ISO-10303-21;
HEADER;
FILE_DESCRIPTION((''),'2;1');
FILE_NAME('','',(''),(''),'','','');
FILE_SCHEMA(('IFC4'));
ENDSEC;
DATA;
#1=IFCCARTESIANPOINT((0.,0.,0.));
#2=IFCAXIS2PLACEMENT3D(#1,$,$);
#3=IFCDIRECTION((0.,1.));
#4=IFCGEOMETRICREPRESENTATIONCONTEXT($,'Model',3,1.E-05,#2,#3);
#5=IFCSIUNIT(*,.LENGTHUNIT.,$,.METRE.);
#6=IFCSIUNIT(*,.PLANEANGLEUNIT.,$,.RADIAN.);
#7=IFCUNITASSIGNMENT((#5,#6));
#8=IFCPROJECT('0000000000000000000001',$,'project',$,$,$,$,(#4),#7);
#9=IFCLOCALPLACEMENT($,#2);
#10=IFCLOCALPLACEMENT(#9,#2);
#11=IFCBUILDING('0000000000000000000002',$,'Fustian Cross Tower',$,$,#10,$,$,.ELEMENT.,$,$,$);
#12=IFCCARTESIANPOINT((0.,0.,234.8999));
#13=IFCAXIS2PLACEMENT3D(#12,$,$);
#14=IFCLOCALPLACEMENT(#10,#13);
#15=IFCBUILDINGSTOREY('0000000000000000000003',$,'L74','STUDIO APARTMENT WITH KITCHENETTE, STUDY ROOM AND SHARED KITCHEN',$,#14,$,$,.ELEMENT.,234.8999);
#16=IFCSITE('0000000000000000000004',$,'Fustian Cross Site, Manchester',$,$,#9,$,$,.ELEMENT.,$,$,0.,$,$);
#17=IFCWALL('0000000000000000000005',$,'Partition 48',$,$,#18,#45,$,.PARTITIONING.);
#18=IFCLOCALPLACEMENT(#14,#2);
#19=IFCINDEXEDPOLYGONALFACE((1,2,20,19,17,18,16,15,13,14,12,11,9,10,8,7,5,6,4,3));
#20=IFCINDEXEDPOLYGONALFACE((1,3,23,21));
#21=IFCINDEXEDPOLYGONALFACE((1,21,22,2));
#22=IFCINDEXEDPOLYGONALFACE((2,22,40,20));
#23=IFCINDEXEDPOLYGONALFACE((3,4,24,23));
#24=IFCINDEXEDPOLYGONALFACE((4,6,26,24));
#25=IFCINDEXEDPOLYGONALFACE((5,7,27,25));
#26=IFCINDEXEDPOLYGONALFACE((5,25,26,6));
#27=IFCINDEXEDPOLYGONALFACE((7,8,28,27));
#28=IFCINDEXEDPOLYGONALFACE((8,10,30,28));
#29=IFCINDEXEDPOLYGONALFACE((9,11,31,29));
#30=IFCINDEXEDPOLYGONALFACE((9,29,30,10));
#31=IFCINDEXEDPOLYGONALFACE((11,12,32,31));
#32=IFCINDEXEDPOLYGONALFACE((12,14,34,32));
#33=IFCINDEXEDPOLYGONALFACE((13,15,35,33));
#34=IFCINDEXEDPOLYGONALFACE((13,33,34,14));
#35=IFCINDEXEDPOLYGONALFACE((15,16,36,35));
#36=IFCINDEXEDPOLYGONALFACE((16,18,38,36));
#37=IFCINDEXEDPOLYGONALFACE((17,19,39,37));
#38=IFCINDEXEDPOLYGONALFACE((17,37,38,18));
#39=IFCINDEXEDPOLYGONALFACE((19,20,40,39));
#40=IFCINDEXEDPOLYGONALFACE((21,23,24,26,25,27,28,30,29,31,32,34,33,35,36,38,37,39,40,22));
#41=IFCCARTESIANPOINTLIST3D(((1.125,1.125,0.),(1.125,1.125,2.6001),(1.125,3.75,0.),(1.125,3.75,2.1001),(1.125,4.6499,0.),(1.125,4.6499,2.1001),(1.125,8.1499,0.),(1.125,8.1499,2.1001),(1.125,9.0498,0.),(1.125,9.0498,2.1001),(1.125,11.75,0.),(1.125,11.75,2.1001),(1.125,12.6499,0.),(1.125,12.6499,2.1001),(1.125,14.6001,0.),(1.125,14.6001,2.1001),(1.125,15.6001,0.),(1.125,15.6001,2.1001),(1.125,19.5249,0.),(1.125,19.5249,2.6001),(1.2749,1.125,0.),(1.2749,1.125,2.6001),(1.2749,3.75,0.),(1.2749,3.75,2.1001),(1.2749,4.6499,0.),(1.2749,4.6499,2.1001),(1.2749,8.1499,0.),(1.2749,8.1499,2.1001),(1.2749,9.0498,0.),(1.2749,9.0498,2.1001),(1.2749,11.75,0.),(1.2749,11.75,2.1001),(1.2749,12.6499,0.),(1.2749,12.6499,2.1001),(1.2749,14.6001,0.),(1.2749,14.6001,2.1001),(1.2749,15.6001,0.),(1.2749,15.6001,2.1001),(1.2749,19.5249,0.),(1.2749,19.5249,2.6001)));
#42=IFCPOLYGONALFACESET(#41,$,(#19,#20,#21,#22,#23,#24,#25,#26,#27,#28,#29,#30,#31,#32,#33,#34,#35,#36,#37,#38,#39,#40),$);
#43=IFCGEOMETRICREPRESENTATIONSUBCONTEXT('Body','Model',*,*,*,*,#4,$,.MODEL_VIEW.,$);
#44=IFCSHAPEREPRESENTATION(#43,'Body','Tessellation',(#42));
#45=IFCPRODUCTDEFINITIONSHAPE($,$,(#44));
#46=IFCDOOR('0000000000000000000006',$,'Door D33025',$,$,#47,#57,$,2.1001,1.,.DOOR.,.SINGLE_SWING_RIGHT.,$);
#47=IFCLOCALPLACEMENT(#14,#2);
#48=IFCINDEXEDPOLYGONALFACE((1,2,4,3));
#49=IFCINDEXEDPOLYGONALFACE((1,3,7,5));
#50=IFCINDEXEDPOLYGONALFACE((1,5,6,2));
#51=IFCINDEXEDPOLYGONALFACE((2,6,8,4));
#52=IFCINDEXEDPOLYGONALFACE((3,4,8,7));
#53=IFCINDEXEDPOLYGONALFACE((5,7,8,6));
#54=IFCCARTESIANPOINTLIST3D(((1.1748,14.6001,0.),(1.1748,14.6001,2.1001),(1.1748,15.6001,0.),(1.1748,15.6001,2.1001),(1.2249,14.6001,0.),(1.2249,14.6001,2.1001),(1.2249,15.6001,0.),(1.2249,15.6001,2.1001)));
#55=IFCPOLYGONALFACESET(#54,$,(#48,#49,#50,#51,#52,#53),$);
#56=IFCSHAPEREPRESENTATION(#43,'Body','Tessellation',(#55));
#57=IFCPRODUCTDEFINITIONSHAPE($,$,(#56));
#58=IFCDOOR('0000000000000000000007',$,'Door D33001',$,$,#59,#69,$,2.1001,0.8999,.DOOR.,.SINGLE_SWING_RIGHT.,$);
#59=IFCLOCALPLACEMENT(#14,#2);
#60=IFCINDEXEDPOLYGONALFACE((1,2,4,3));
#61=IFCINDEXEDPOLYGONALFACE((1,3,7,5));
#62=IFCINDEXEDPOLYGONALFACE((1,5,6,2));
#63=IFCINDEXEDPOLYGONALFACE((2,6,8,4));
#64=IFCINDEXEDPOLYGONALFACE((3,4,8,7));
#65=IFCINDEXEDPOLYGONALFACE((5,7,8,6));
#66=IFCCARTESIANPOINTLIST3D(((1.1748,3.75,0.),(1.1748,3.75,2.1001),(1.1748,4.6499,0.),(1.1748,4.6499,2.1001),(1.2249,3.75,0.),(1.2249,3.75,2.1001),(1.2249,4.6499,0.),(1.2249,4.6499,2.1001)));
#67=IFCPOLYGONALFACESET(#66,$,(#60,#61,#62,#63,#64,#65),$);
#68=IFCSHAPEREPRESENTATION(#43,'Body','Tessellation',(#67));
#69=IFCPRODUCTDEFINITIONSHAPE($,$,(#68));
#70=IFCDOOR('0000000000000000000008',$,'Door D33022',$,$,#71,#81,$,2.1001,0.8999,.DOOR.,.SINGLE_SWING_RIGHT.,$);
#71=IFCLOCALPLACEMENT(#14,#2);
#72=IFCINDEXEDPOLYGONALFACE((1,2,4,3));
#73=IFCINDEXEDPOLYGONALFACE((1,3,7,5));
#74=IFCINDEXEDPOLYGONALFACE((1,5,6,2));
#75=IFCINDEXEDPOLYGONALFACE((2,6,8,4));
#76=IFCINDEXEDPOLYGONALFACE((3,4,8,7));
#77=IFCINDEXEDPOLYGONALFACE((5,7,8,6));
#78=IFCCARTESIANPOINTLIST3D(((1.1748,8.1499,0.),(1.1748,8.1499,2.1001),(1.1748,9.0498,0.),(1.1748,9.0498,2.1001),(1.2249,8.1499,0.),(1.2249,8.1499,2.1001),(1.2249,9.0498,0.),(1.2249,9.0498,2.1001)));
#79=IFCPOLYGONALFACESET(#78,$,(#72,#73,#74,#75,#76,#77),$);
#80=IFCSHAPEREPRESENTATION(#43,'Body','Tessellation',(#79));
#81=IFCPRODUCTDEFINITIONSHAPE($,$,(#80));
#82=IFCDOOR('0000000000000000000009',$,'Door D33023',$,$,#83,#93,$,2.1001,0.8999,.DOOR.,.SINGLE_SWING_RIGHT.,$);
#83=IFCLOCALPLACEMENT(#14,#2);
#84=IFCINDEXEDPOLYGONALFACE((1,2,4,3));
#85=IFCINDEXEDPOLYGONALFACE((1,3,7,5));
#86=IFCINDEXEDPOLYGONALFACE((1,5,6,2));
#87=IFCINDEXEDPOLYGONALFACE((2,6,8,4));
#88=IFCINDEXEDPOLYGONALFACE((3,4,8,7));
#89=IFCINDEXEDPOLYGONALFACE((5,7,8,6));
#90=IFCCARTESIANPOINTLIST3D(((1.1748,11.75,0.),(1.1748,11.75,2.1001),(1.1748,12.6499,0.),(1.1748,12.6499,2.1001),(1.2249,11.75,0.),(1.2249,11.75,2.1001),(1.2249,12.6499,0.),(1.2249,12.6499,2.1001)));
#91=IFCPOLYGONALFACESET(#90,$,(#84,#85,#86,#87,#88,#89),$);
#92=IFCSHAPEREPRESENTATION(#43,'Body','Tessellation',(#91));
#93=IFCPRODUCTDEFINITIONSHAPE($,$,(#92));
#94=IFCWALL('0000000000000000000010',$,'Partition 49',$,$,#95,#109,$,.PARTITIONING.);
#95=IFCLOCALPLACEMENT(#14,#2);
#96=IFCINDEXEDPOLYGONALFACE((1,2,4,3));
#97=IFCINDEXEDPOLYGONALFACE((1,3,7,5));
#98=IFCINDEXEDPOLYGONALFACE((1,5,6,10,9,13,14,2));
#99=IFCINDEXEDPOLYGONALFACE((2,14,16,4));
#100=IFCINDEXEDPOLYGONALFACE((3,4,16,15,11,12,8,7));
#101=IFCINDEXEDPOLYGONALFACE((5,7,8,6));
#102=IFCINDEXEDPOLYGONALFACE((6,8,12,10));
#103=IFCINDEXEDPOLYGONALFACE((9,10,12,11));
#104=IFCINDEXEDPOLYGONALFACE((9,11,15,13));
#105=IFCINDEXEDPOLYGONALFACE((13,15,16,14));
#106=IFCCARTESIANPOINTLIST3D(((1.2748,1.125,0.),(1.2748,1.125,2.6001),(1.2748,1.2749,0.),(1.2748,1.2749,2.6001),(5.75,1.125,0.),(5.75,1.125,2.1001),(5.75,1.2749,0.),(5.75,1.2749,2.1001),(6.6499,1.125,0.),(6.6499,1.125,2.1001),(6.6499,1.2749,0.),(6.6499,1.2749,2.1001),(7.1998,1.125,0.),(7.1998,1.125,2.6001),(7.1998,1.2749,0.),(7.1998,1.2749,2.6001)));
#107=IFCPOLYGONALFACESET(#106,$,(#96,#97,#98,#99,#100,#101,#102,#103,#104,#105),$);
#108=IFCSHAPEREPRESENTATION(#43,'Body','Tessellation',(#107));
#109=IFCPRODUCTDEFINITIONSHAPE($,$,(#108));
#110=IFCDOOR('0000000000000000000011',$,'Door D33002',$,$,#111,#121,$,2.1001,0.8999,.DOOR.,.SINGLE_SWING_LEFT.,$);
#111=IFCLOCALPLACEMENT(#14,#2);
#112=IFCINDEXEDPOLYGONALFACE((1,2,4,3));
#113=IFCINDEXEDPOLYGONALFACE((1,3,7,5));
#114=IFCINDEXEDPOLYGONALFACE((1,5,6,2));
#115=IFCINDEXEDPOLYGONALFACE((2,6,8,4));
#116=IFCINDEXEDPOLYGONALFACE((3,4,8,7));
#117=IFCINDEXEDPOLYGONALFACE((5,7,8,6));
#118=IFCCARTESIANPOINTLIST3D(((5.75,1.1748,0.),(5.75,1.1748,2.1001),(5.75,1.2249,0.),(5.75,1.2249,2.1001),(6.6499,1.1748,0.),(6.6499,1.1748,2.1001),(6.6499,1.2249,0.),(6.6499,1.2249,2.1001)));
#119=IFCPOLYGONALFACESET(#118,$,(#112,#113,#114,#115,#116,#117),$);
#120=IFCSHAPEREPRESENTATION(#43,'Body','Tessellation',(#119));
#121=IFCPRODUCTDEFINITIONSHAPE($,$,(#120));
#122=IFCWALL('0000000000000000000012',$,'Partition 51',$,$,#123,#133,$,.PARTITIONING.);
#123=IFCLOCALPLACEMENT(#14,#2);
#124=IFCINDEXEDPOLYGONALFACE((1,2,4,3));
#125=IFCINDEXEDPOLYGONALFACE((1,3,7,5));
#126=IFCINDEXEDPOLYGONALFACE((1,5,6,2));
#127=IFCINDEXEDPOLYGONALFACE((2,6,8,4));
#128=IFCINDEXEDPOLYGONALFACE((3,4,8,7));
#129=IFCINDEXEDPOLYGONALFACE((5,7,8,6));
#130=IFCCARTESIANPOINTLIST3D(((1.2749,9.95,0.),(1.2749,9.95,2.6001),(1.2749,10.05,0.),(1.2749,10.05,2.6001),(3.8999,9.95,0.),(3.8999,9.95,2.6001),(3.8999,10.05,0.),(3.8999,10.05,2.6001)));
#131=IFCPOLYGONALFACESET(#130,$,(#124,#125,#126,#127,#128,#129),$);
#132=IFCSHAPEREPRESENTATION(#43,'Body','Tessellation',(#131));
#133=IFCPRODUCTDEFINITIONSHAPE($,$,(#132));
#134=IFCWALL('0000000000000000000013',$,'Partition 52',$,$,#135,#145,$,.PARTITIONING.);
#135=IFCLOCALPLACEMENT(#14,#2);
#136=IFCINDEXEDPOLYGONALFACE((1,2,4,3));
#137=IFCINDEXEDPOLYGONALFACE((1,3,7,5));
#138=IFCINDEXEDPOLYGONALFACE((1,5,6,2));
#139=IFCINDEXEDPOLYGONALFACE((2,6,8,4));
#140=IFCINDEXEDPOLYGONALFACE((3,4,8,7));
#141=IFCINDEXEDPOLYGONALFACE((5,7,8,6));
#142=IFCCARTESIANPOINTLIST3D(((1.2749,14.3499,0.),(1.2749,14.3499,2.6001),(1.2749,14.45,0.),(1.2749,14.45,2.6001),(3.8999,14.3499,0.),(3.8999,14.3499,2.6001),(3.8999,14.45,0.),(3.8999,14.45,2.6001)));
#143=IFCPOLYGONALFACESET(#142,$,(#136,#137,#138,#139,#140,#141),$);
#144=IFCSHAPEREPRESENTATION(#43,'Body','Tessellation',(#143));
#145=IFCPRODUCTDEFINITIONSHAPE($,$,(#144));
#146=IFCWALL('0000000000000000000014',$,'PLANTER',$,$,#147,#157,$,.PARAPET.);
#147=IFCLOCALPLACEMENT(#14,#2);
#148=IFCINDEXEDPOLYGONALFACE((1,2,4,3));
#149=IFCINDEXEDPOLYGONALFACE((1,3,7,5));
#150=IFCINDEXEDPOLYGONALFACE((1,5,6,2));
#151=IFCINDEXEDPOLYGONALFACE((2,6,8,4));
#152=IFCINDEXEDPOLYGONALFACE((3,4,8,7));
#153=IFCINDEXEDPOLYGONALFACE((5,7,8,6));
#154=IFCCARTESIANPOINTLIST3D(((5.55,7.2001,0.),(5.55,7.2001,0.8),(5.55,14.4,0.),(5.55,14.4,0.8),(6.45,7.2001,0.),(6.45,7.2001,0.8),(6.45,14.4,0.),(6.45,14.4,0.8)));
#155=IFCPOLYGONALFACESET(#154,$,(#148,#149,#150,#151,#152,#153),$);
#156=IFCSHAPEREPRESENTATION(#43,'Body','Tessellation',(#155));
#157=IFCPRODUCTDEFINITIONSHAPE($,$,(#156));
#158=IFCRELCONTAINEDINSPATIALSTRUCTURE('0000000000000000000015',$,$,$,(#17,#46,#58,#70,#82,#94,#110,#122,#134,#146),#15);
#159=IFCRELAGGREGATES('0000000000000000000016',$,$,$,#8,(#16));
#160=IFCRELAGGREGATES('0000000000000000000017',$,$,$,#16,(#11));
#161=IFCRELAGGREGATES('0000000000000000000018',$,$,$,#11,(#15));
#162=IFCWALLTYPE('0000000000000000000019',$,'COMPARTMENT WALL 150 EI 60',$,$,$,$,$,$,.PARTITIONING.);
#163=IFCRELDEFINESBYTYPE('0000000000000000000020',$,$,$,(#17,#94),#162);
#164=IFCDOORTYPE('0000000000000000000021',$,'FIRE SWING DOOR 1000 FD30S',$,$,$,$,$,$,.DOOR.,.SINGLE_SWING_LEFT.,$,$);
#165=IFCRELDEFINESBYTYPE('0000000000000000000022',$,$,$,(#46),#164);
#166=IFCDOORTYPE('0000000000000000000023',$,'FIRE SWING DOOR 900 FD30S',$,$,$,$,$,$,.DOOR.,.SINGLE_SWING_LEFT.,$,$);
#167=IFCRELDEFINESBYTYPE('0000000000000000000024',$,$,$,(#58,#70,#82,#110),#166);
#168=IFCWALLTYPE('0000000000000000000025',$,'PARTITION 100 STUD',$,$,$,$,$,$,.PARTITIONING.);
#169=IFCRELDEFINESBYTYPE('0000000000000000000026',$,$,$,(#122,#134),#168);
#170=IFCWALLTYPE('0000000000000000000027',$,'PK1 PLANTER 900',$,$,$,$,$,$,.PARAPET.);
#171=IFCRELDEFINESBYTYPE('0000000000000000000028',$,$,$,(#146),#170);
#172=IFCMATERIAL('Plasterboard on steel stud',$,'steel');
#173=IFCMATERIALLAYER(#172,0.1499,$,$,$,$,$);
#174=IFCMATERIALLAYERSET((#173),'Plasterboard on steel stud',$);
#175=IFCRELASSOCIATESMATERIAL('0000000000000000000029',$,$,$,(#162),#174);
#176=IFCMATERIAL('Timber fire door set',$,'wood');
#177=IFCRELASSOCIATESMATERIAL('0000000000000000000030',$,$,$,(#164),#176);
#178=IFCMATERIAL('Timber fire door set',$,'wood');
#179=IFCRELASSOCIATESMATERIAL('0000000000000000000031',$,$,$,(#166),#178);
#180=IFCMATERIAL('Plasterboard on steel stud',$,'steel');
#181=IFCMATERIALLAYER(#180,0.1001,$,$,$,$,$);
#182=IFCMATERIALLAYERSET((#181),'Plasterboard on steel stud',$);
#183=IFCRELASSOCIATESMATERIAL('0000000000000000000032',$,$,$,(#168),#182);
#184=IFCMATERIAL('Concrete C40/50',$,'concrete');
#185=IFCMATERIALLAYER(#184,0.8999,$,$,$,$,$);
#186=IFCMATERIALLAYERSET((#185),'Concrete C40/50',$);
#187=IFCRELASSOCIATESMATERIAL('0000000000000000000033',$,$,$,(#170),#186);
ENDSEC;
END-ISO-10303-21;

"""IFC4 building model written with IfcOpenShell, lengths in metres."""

from ifc_helpers import new_model, si_unit, direction, frame, frame_2d, origin, place, context, subcontext, project, spatial, rectangle, extrude, material, layer, layer_set, type_object, element, fill, save


model = new_model("IFC4")

# Units and contexts
model_context = context("Model", 3, precision=1e-05, world=origin(), true_north=direction((0.0, 1.0)))
body_context = subcontext(model_context, "Body", "Model", "MODEL_VIEW")
ifc_project = project(units=[si_unit("LENGTHUNIT", "METRE"), si_unit("PLANEANGLEUNIT", "RADIAN")], contexts=[model_context])

# Site, building, storey
site_placement = place(None, origin())
site = spatial("IfcSite", under=ifc_project, at=site_placement, Name="Fustian Cross Site, Manchester", CompositionType="ELEMENT", RefElevation=0.0)
building_placement = place(site_placement, origin())
building = spatial("IfcBuilding", under=site, at=building_placement, Name="Fustian Cross Tower", CompositionType="ELEMENT")
storey_placement = place(building_placement, frame((0.0, 0.0, 234.8999)))
storey = spatial("IfcBuildingStorey", under=building, at=storey_placement, Name="L74", Description="STUDIO APARTMENT WITH KITCHENETTE, STUDY ROOM AND SHARED KITCHEN", CompositionType="ELEMENT", Elevation=234.8999)

# Wall, openings, doors
ifc_material_1 = material(Name="Plasterboard on steel stud", Category="steel")
ifc_layer_1 = layer(ifc_material_1, 0.1499)
ifc_layer_set_1 = layer_set([ifc_layer_1], Name="Plasterboard on steel stud")
wall_type_1 = type_object("IfcWallType", Name="COMPARTMENT WALL 150 EI 60", PredefinedType="PARTITIONING", material=ifc_layer_set_1)
wall_1_placement = place(storey_placement, frame((1.2, 1.125, 0.0), z_axis=(0.0, 0.0, 1.0), x_axis=(0.0, 1.0, 0.0)))
wall_1 = element("IfcWall", 1, at=wall_1_placement, inside=storey, type_object=wall_type_1, Name="Partition 48", PredefinedType="PARTITIONING", context=body_context, shape_type="SweptSolid", body=[
    extrude(rectangle(XDim=18.3999, YDim=0.1499, at=frame_2d((9.2, 0.0))), origin(), (0.0, 0.0, 1.0), 2.6001),
])
opening_1_placement = place(wall_1_placement, frame((2.625, 0.0, 0.0)))
opening_1 = element("IfcOpeningElement", 2, at=opening_1_placement, cuts=wall_1, PredefinedType="OPENING", context=body_context, shape_type="SweptSolid", body=[
    extrude(rectangle(XDim=0.8999, YDim=2.1001, at=frame_2d((0.45, 1.05))), frame((0.0, 0.085, 0.0), z_axis=(0.0, -1.0, 0.0), x_axis=(1.0, 0.0, 0.0)), (0.0, 0.0, 1.0), 0.1699),
])
opening_2_placement = place(wall_1_placement, frame((7.0249, 0.0, 0.0)))
opening_2 = element("IfcOpeningElement", 3, at=opening_2_placement, cuts=wall_1, PredefinedType="OPENING", context=body_context, shape_type="SweptSolid", body=[
    extrude(rectangle(XDim=0.8999, YDim=2.1001, at=frame_2d((0.45, 1.05))), frame((0.0, 0.085, 0.0), z_axis=(0.0, -1.0, 0.0), x_axis=(1.0, 0.0, 0.0)), (0.0, 0.0, 1.0), 0.1699),
])
opening_3_placement = place(wall_1_placement, frame((10.625, 0.0, 0.0)))
opening_3 = element("IfcOpeningElement", 4, at=opening_3_placement, cuts=wall_1, PredefinedType="OPENING", context=body_context, shape_type="SweptSolid", body=[
    extrude(rectangle(XDim=0.8999, YDim=2.1001, at=frame_2d((0.45, 1.05))), frame((0.0, 0.085, 0.0), z_axis=(0.0, -1.0, 0.0), x_axis=(1.0, 0.0, 0.0)), (0.0, 0.0, 1.0), 0.1699),
])
opening_4_placement = place(wall_1_placement, frame((13.4751, 0.0, 0.0)))
opening_4 = element("IfcOpeningElement", 5, at=opening_4_placement, cuts=wall_1, PredefinedType="OPENING", context=body_context, shape_type="SweptSolid", body=[
    extrude(rectangle(XDim=1.0, YDim=2.1001, at=frame_2d((0.5, 1.05))), frame((0.0, 0.085, 0.0), z_axis=(0.0, -1.0, 0.0), x_axis=(1.0, 0.0, 0.0)), (0.0, 0.0, 1.0), 0.1699),
])
ifc_material_2 = material(Name="Timber fire door set", Category="wood")
door_type_1 = type_object("IfcDoorType", Name="FIRE SWING DOOR 1000 FD30S", OperationType="SINGLE_SWING_LEFT", PredefinedType="DOOR", material=ifc_material_2)
door_1_placement = place(opening_4_placement, frame((1.0, 0.0, 0.0), z_axis=(0.0, 0.0, 1.0), x_axis=(-1.0, 0.0, 0.0)))
door_1 = element("IfcDoor", 6, at=door_1_placement, inside=storey, type_object=door_type_1, Name="Door D33025", OperationType="SINGLE_SWING_RIGHT", OverallHeight=2.1001, OverallWidth=1.0, PredefinedType="DOOR", context=body_context, shape_type="SweptSolid", body=[
    extrude(rectangle(XDim=1.0, YDim=2.1001, at=frame_2d((0.5, 1.05))), frame((0.0, 0.0249, 0.0), z_axis=(0.0, -1.0, 0.0), x_axis=(1.0, 0.0, 0.0)), (0.0, 0.0, 1.0), 0.05),
])
fill(opening_4, door_1)
ifc_material_3 = material(Name="Timber fire door set", Category="wood")
door_type_2 = type_object("IfcDoorType", Name="FIRE SWING DOOR 900 FD30S", OperationType="SINGLE_SWING_LEFT", PredefinedType="DOOR", material=ifc_material_3)
door_2_placement = place(opening_1_placement, frame((0.8999, 0.0, 0.0), z_axis=(0.0, 0.0, 1.0), x_axis=(-1.0, 0.0, 0.0)))
door_2 = element("IfcDoor", 7, at=door_2_placement, inside=storey, type_object=door_type_2, Name="Door D33001", OperationType="SINGLE_SWING_RIGHT", OverallHeight=2.1001, OverallWidth=0.8999, PredefinedType="DOOR", context=body_context, shape_type="SweptSolid", body=[
    extrude(rectangle(XDim=0.8999, YDim=2.1001, at=frame_2d((0.45, 1.05))), frame((0.0, 0.0249, 0.0), z_axis=(0.0, -1.0, 0.0), x_axis=(1.0, 0.0, 0.0)), (0.0, 0.0, 1.0), 0.05),
])
fill(opening_1, door_2)
door_3_placement = place(opening_2_placement, frame((0.8999, 0.0, 0.0), z_axis=(0.0, 0.0, 1.0), x_axis=(-1.0, 0.0, 0.0)))
door_3 = element("IfcDoor", 8, at=door_3_placement, inside=storey, type_object=door_type_2, Name="Door D33022", OperationType="SINGLE_SWING_RIGHT", OverallHeight=2.1001, OverallWidth=0.8999, PredefinedType="DOOR", context=body_context, shape_type="SweptSolid", body=[
    extrude(rectangle(XDim=0.8999, YDim=2.1001, at=frame_2d((0.45, 1.05))), frame((0.0, 0.0249, 0.0), z_axis=(0.0, -1.0, 0.0), x_axis=(1.0, 0.0, 0.0)), (0.0, 0.0, 1.0), 0.05),
])
fill(opening_2, door_3)
door_4_placement = place(opening_3_placement, frame((0.8999, 0.0, 0.0), z_axis=(0.0, 0.0, 1.0), x_axis=(-1.0, 0.0, 0.0)))
door_4 = element("IfcDoor", 9, at=door_4_placement, inside=storey, type_object=door_type_2, Name="Door D33023", OperationType="SINGLE_SWING_RIGHT", OverallHeight=2.1001, OverallWidth=0.8999, PredefinedType="DOOR", context=body_context, shape_type="SweptSolid", body=[
    extrude(rectangle(XDim=0.8999, YDim=2.1001, at=frame_2d((0.45, 1.05))), frame((0.0, 0.0249, 0.0), z_axis=(0.0, -1.0, 0.0), x_axis=(1.0, 0.0, 0.0)), (0.0, 0.0, 1.0), 0.05),
])
fill(opening_3, door_4)

# Wall, opening, door
wall_2_placement = place(storey_placement, frame((1.2749, 1.2, 0.0), z_axis=(0.0, 0.0, 1.0), x_axis=(1.0, 0.0, 0.0)))
wall_2 = element("IfcWall", 10, at=wall_2_placement, inside=storey, type_object=wall_type_1, Name="Partition 49", PredefinedType="PARTITIONING", context=body_context, shape_type="SweptSolid", body=[
    extrude(rectangle(XDim=5.925, YDim=0.1499, at=frame_2d((2.9624, 0.0))), origin(), (0.0, 0.0, 1.0), 2.6001),
])
opening_5_placement = place(wall_2_placement, frame((4.4751, 0.0, 0.0)))
opening_5 = element("IfcOpeningElement", 11, at=opening_5_placement, cuts=wall_2, PredefinedType="OPENING", context=body_context, shape_type="SweptSolid", body=[
    extrude(rectangle(XDim=0.8999, YDim=2.1001, at=frame_2d((0.45, 1.05))), frame((0.0, 0.085, 0.0), z_axis=(0.0, -1.0, 0.0), x_axis=(1.0, 0.0, 0.0)), (0.0, 0.0, 1.0), 0.1699),
])
door_5_placement = place(opening_5_placement, origin())
door_5 = element("IfcDoor", 12, at=door_5_placement, inside=storey, type_object=door_type_2, Name="Door D33002", OperationType="SINGLE_SWING_LEFT", OverallHeight=2.1001, OverallWidth=0.8999, PredefinedType="DOOR", context=body_context, shape_type="SweptSolid", body=[
    extrude(rectangle(XDim=0.8999, YDim=2.1001, at=frame_2d((0.45, 1.05))), frame((0.0, 0.0249, 0.0), z_axis=(0.0, -1.0, 0.0), x_axis=(1.0, 0.0, 0.0)), (0.0, 0.0, 1.0), 0.05),
])
fill(opening_5, door_5)

# Walls
ifc_material_4 = material(Name="Plasterboard on steel stud", Category="steel")
ifc_layer_2 = layer(ifc_material_4, 0.1001)
ifc_layer_set_2 = layer_set([ifc_layer_2], Name="Plasterboard on steel stud")
wall_type_2 = type_object("IfcWallType", Name="PARTITION 100 STUD", PredefinedType="PARTITIONING", material=ifc_layer_set_2)
for number, where, z_axis, x_axis, name in (
    (13, (1.2749, 10.0, 0.0), (0.0, 0.0, 1.0), (1.0, 0.0, 0.0), "Partition 51"),
    (14, (1.2749, 14.3999, 0.0), (0.0, 0.0, 1.0), (1.0, 0.0, 0.0), "Partition 52"),
):
    element("IfcWall", number, at=place(storey_placement, frame(where, z_axis=z_axis, x_axis=x_axis)), inside=storey, type_object=wall_type_2, Name=name, PredefinedType="PARTITIONING", context=body_context, shape_type="SweptSolid", body=[
        extrude(rectangle(XDim=2.625, YDim=0.1001, at=frame_2d((1.3125, 0.0))), origin(), (0.0, 0.0, 1.0), 2.6001),
    ])
ifc_material_5 = material(Name="Concrete C40/50", Category="concrete")
ifc_layer_3 = layer(ifc_material_5, 0.8999)
ifc_layer_set_3 = layer_set([ifc_layer_3], Name="Concrete C40/50")
wall_type_3 = type_object("IfcWallType", Name="PK1 PLANTER 900", PredefinedType="PARAPET", material=ifc_layer_set_3)
wall_3_placement = place(storey_placement, frame((6.0, 7.2, 0.0), z_axis=(0.0, 0.0, 1.0), x_axis=(0.0, 1.0, 0.0)))
element("IfcWall", 15, at=wall_3_placement, inside=storey, type_object=wall_type_3, Name="PLANTER", PredefinedType="PARAPET", context=body_context, shape_type="SweptSolid", body=[
    extrude(rectangle(XDim=7.2, YDim=0.8999, at=frame_2d((3.6001, 0.0))), origin(), (0.0, 0.0, 1.0), 0.8),
])

save(model, "model.ifc")
